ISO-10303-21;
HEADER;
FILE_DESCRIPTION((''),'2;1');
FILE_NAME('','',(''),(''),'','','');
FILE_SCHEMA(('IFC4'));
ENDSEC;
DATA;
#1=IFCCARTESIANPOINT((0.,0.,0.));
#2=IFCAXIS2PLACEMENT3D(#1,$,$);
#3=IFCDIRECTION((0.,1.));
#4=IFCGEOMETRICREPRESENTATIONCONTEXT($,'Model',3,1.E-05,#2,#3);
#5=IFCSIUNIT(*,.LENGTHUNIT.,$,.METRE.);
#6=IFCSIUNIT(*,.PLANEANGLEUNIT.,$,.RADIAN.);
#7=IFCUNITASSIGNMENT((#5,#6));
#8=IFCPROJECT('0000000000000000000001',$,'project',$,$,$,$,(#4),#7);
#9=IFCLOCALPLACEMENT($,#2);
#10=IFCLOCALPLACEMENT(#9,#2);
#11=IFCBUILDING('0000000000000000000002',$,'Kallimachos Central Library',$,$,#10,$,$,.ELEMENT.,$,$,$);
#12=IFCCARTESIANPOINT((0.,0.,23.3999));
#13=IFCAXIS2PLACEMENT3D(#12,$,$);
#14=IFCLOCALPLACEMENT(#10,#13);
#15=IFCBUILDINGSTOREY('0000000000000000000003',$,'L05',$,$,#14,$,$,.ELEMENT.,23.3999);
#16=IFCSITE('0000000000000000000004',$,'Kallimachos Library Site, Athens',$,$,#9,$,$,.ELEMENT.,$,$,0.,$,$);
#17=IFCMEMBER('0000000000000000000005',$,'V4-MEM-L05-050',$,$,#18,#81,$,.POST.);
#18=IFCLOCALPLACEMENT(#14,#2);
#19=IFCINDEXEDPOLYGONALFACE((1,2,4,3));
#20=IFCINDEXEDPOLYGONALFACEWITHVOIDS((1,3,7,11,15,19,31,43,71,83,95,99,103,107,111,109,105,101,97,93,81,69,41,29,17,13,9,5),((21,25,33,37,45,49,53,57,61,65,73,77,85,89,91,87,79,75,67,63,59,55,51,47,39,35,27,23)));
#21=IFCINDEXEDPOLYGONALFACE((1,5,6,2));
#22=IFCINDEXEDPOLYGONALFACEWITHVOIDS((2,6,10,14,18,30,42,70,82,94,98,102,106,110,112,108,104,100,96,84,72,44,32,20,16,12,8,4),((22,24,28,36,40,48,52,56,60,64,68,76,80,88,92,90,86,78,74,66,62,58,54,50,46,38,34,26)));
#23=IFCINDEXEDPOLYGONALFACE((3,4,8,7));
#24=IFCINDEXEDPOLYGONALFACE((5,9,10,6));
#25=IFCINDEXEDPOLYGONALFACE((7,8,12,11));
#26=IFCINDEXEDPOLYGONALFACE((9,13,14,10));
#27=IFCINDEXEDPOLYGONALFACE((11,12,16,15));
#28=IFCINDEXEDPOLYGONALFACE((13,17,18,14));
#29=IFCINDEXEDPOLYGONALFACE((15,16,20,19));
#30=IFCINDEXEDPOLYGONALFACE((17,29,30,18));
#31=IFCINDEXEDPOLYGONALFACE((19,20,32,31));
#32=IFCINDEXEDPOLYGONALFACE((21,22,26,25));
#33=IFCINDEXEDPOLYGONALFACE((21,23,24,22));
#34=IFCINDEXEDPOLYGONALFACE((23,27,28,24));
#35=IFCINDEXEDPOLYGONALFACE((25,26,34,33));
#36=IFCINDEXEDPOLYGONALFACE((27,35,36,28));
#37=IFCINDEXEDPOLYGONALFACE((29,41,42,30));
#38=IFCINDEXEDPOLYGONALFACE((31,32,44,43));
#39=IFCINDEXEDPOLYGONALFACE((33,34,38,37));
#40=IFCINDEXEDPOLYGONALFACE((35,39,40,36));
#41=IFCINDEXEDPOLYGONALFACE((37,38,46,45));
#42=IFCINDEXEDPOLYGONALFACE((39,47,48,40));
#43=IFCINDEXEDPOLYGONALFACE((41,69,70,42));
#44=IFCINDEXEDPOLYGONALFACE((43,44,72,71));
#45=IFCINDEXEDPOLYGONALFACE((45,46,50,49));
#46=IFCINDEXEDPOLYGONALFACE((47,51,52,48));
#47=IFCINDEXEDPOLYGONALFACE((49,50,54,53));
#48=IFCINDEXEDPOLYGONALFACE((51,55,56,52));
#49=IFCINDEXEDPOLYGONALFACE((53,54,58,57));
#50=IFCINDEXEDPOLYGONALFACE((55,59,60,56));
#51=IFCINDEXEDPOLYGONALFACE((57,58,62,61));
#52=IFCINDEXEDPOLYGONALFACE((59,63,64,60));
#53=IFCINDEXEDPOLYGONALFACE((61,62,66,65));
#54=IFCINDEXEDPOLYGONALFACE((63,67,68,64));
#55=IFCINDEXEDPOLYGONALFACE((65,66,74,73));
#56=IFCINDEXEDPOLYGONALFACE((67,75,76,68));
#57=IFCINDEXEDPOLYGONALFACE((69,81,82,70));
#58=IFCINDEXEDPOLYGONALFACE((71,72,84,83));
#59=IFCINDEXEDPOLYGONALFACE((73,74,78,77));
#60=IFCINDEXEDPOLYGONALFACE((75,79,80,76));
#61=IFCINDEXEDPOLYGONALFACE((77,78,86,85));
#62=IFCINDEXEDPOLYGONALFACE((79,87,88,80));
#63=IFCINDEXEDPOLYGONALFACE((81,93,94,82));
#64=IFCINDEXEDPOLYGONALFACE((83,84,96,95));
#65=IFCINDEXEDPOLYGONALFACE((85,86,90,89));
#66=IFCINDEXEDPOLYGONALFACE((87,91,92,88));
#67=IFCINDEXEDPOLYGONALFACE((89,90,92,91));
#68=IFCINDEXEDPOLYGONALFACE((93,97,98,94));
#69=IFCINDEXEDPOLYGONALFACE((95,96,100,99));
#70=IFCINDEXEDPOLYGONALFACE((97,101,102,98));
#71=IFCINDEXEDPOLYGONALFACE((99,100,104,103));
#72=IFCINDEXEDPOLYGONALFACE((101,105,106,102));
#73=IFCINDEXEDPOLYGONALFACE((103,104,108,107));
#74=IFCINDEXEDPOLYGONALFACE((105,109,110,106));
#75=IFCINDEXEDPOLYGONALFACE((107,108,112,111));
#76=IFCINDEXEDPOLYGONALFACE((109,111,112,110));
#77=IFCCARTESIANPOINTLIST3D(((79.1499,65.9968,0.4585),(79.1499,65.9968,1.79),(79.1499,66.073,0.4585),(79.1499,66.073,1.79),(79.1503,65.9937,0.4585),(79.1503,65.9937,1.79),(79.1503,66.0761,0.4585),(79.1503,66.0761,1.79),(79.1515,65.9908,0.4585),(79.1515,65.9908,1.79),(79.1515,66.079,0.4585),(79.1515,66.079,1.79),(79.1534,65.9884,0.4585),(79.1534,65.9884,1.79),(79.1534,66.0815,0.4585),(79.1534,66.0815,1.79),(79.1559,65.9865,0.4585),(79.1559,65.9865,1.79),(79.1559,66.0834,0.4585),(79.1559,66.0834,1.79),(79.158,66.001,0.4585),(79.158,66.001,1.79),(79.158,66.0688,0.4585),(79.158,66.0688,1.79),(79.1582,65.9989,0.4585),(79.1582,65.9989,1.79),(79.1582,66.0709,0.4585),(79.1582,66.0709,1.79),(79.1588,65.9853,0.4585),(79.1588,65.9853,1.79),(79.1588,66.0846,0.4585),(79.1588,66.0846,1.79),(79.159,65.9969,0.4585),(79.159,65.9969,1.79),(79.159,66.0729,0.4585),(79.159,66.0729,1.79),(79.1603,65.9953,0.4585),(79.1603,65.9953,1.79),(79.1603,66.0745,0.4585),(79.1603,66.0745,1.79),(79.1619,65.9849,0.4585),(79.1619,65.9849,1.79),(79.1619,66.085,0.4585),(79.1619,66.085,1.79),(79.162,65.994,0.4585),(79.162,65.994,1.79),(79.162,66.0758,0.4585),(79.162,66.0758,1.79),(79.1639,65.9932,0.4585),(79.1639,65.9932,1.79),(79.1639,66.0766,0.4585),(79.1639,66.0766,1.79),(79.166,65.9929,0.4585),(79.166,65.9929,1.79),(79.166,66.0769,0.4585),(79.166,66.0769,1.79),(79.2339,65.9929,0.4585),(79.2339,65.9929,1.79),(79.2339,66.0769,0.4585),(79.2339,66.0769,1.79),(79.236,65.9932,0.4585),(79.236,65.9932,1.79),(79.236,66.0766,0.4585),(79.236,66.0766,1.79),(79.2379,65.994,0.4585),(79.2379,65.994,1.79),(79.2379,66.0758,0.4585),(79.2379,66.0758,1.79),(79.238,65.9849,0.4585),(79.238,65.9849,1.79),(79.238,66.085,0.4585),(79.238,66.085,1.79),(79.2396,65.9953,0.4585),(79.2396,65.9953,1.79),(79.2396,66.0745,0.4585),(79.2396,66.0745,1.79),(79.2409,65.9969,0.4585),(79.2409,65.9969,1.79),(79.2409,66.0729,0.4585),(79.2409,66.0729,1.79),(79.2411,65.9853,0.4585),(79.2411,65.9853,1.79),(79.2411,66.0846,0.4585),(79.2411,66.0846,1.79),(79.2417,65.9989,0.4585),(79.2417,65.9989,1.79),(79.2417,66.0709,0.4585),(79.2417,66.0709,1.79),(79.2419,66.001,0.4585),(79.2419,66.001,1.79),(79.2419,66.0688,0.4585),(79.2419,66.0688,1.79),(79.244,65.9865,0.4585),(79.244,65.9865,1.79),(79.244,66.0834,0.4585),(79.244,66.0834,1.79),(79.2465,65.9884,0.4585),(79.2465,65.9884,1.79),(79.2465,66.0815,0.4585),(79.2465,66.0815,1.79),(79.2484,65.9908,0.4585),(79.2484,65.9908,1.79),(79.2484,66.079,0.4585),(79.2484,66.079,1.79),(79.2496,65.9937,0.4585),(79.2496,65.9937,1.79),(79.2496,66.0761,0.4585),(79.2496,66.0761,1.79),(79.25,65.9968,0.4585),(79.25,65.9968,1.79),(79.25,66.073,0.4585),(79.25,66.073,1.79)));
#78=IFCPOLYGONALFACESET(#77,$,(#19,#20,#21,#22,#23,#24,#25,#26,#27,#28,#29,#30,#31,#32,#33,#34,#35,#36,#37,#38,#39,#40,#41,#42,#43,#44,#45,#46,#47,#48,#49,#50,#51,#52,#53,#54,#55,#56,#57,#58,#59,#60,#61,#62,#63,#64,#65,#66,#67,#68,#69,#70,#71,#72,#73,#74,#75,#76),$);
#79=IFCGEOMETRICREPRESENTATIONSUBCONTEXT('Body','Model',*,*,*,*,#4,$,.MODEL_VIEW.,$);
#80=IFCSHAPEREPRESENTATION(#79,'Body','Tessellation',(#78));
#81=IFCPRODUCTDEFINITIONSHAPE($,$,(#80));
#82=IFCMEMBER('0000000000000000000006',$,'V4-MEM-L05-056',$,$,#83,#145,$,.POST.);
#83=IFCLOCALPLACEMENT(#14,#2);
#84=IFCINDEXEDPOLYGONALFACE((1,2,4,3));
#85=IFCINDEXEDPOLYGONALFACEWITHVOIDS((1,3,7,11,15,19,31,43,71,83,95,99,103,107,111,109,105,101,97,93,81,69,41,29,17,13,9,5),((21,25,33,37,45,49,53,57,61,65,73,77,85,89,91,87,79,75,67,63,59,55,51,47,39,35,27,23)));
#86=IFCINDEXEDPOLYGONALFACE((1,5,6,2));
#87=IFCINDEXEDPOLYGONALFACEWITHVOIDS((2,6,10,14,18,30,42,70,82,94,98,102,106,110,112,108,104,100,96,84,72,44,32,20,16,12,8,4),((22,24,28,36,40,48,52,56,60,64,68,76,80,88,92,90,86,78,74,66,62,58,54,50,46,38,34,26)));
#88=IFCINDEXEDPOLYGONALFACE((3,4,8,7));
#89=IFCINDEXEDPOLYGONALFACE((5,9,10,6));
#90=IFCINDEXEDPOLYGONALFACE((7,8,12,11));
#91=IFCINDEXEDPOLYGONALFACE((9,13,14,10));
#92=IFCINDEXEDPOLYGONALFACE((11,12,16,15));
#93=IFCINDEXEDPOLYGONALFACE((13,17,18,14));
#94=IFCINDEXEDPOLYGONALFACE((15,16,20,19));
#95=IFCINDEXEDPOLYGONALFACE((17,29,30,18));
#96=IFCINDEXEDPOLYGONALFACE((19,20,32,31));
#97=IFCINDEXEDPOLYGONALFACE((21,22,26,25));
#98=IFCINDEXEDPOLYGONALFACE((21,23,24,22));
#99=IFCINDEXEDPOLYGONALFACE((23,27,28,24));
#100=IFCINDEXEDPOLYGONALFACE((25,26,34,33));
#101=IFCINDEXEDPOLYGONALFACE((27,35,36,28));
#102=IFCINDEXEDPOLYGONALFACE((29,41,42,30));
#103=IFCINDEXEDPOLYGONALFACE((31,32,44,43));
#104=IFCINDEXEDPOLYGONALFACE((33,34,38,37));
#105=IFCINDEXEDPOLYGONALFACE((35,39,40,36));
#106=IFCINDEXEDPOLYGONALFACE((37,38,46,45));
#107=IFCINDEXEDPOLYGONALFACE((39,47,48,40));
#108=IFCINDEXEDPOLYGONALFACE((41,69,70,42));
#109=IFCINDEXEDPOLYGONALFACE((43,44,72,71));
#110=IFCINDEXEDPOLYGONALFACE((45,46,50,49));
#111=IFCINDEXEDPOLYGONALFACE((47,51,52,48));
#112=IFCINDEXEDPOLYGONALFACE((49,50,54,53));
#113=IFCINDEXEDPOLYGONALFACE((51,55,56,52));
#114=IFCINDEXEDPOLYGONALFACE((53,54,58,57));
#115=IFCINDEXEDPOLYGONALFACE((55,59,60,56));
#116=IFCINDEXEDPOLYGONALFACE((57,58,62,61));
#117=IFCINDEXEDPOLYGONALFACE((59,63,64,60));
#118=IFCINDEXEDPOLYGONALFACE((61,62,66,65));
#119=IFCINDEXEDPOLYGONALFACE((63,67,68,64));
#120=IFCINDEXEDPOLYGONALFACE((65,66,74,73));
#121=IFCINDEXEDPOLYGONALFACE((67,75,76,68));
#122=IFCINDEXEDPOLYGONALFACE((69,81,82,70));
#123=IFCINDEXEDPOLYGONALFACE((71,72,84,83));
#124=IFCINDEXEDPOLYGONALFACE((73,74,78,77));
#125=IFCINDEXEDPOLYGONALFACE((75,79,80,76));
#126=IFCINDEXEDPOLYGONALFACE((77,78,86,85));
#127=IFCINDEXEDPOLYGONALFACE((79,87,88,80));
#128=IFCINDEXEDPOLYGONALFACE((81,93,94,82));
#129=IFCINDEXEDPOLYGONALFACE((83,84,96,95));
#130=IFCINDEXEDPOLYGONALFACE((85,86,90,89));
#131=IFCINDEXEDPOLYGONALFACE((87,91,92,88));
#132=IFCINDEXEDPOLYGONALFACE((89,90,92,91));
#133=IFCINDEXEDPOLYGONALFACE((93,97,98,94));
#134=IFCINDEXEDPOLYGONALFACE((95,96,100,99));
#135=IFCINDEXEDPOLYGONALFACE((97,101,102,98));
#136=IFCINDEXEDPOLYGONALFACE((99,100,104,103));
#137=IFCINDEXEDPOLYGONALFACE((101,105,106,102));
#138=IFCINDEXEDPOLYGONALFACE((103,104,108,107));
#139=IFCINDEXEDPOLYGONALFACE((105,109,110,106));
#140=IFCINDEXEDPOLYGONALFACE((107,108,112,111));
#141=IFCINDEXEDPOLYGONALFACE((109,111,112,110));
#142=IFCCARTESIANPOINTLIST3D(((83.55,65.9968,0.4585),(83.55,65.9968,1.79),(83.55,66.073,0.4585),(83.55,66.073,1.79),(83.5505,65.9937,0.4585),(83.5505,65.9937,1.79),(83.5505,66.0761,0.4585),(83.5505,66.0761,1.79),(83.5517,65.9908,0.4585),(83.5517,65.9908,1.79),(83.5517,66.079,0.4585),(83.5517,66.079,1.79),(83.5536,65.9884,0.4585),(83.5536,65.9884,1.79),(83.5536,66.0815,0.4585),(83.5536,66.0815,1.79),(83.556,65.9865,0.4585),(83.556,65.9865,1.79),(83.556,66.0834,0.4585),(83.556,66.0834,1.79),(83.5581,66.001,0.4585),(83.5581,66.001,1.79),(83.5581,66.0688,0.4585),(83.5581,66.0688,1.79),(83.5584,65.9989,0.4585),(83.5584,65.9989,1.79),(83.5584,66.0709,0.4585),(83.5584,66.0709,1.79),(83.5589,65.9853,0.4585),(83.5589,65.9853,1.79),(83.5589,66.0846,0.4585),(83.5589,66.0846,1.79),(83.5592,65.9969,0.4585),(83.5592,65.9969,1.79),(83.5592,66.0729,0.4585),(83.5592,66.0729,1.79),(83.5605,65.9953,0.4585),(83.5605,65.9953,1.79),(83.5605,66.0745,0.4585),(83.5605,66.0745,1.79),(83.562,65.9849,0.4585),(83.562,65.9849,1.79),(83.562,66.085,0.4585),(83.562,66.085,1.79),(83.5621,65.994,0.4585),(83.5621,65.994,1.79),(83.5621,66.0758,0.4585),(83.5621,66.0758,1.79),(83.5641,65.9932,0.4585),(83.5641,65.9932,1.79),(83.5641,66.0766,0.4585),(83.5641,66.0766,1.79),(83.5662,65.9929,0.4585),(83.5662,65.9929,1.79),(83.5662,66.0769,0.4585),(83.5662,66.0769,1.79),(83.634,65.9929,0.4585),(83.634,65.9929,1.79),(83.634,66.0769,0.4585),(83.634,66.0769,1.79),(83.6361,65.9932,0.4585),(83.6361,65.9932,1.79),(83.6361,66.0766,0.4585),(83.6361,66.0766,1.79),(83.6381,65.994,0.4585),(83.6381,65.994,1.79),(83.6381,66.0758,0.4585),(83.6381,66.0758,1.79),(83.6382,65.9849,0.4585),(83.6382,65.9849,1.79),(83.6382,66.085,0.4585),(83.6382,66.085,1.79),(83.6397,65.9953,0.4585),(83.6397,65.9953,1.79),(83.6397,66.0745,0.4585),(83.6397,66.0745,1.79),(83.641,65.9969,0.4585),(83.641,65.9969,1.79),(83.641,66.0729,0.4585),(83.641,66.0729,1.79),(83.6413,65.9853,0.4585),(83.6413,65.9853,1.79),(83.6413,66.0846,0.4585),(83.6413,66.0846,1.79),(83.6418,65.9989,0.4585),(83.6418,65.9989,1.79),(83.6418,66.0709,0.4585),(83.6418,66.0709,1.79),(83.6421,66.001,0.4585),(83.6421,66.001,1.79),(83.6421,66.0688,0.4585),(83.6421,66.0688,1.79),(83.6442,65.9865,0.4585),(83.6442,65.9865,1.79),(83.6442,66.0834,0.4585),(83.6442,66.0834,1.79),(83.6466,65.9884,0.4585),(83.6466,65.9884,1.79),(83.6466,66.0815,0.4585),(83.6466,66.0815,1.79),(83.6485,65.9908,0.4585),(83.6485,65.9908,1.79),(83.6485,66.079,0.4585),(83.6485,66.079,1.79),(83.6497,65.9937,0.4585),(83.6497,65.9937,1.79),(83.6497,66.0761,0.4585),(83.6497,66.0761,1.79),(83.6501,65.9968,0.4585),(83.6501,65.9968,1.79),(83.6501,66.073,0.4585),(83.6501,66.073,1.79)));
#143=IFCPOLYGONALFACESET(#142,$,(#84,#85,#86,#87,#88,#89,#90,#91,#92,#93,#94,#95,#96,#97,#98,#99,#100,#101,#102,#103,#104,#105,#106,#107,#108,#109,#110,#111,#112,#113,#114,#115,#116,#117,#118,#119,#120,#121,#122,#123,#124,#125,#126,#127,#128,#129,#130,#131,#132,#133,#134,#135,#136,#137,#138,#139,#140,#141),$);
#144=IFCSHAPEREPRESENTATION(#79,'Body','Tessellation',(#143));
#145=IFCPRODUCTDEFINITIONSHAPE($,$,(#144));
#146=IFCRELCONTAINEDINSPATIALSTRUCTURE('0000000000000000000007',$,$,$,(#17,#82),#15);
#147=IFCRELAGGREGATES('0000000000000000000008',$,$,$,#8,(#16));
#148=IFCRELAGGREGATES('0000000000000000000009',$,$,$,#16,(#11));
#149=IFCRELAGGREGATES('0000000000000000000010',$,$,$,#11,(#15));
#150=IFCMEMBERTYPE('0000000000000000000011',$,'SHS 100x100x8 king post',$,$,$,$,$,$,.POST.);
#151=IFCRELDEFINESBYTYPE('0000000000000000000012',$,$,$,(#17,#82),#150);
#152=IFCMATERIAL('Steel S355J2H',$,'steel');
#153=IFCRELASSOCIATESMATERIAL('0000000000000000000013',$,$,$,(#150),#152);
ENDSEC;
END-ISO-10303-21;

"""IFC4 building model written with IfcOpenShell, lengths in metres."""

from ifc_helpers import new_model, si_unit, direction, frame, origin, origin_2d, place, context, subcontext, project, spatial, hollow_rectangle, extrude, material, material_profile, profile_set, type_object, element, save


model = new_model("IFC4")

# Units and contexts
model_context = context("Model", 3, precision=1e-05, world=origin(), true_north=direction((0.0, 1.0)))
body_context = subcontext(model_context, "Body", "Model", "MODEL_VIEW")
ifc_project = project(units=[si_unit("LENGTHUNIT", "METRE"), si_unit("PLANEANGLEUNIT", "RADIAN")], contexts=[model_context])

# Site, building, storey
site_placement = place(None, origin())
site = spatial("IfcSite", under=ifc_project, at=site_placement, Name="Kallimachos Library Site, Athens", CompositionType="ELEMENT", RefElevation=0.0)
building_placement = place(site_placement, origin())
building = spatial("IfcBuilding", under=site, at=building_placement, Name="Kallimachos Central Library", CompositionType="ELEMENT")
storey_placement = place(building_placement, frame((0.0, 0.0, 23.3999)))
storey = spatial("IfcBuildingStorey", under=building, at=storey_placement, Name="L05", CompositionType="ELEMENT", Elevation=23.3999)

# Members
ifc_material_1 = material(Name="Steel S355J2H", Category="steel")
ifc_material_profile_1 = material_profile(ifc_material_1, hollow_rectangle(XDim=0.1001, YDim=0.1001, WallThickness=0.0081, InnerFilletRadius=0.0081, OuterFilletRadius=0.012, at=origin_2d()), Name="SHS 100x100x8")
ifc_profile_set_1 = profile_set([ifc_material_profile_1], Name="Steel S355J2H")
member_type_1 = type_object("IfcMemberType", Name="SHS 100x100x8 king post", PredefinedType="POST", material=ifc_profile_set_1)
for number, where, z_axis, x_axis, name in (
    (1, (79.2, 66.0349, 0.4585), (0.0, 0.0, 1.0), (1.0, 0.0, 0.0), "V4-MEM-L05-050"),
    (2, (83.6001, 66.0349, 0.4585), (0.0, 0.0, 1.0), (1.0, 0.0, 0.0), "V4-MEM-L05-056"),
):
    element("IfcMember", number, at=place(storey_placement, frame(where, z_axis=z_axis, x_axis=x_axis)), inside=storey, type_object=member_type_1, Name=name, PredefinedType="POST", context=body_context, shape_type="SweptSolid", body=[
        extrude(hollow_rectangle(XDim=0.1001, YDim=0.1001, WallThickness=0.0081, InnerFilletRadius=0.0081, OuterFilletRadius=0.012, at=origin_2d()), origin(), (0.0, 0.0, 1.0), 1.3315),
    ])

save(model, "model.ifc")
